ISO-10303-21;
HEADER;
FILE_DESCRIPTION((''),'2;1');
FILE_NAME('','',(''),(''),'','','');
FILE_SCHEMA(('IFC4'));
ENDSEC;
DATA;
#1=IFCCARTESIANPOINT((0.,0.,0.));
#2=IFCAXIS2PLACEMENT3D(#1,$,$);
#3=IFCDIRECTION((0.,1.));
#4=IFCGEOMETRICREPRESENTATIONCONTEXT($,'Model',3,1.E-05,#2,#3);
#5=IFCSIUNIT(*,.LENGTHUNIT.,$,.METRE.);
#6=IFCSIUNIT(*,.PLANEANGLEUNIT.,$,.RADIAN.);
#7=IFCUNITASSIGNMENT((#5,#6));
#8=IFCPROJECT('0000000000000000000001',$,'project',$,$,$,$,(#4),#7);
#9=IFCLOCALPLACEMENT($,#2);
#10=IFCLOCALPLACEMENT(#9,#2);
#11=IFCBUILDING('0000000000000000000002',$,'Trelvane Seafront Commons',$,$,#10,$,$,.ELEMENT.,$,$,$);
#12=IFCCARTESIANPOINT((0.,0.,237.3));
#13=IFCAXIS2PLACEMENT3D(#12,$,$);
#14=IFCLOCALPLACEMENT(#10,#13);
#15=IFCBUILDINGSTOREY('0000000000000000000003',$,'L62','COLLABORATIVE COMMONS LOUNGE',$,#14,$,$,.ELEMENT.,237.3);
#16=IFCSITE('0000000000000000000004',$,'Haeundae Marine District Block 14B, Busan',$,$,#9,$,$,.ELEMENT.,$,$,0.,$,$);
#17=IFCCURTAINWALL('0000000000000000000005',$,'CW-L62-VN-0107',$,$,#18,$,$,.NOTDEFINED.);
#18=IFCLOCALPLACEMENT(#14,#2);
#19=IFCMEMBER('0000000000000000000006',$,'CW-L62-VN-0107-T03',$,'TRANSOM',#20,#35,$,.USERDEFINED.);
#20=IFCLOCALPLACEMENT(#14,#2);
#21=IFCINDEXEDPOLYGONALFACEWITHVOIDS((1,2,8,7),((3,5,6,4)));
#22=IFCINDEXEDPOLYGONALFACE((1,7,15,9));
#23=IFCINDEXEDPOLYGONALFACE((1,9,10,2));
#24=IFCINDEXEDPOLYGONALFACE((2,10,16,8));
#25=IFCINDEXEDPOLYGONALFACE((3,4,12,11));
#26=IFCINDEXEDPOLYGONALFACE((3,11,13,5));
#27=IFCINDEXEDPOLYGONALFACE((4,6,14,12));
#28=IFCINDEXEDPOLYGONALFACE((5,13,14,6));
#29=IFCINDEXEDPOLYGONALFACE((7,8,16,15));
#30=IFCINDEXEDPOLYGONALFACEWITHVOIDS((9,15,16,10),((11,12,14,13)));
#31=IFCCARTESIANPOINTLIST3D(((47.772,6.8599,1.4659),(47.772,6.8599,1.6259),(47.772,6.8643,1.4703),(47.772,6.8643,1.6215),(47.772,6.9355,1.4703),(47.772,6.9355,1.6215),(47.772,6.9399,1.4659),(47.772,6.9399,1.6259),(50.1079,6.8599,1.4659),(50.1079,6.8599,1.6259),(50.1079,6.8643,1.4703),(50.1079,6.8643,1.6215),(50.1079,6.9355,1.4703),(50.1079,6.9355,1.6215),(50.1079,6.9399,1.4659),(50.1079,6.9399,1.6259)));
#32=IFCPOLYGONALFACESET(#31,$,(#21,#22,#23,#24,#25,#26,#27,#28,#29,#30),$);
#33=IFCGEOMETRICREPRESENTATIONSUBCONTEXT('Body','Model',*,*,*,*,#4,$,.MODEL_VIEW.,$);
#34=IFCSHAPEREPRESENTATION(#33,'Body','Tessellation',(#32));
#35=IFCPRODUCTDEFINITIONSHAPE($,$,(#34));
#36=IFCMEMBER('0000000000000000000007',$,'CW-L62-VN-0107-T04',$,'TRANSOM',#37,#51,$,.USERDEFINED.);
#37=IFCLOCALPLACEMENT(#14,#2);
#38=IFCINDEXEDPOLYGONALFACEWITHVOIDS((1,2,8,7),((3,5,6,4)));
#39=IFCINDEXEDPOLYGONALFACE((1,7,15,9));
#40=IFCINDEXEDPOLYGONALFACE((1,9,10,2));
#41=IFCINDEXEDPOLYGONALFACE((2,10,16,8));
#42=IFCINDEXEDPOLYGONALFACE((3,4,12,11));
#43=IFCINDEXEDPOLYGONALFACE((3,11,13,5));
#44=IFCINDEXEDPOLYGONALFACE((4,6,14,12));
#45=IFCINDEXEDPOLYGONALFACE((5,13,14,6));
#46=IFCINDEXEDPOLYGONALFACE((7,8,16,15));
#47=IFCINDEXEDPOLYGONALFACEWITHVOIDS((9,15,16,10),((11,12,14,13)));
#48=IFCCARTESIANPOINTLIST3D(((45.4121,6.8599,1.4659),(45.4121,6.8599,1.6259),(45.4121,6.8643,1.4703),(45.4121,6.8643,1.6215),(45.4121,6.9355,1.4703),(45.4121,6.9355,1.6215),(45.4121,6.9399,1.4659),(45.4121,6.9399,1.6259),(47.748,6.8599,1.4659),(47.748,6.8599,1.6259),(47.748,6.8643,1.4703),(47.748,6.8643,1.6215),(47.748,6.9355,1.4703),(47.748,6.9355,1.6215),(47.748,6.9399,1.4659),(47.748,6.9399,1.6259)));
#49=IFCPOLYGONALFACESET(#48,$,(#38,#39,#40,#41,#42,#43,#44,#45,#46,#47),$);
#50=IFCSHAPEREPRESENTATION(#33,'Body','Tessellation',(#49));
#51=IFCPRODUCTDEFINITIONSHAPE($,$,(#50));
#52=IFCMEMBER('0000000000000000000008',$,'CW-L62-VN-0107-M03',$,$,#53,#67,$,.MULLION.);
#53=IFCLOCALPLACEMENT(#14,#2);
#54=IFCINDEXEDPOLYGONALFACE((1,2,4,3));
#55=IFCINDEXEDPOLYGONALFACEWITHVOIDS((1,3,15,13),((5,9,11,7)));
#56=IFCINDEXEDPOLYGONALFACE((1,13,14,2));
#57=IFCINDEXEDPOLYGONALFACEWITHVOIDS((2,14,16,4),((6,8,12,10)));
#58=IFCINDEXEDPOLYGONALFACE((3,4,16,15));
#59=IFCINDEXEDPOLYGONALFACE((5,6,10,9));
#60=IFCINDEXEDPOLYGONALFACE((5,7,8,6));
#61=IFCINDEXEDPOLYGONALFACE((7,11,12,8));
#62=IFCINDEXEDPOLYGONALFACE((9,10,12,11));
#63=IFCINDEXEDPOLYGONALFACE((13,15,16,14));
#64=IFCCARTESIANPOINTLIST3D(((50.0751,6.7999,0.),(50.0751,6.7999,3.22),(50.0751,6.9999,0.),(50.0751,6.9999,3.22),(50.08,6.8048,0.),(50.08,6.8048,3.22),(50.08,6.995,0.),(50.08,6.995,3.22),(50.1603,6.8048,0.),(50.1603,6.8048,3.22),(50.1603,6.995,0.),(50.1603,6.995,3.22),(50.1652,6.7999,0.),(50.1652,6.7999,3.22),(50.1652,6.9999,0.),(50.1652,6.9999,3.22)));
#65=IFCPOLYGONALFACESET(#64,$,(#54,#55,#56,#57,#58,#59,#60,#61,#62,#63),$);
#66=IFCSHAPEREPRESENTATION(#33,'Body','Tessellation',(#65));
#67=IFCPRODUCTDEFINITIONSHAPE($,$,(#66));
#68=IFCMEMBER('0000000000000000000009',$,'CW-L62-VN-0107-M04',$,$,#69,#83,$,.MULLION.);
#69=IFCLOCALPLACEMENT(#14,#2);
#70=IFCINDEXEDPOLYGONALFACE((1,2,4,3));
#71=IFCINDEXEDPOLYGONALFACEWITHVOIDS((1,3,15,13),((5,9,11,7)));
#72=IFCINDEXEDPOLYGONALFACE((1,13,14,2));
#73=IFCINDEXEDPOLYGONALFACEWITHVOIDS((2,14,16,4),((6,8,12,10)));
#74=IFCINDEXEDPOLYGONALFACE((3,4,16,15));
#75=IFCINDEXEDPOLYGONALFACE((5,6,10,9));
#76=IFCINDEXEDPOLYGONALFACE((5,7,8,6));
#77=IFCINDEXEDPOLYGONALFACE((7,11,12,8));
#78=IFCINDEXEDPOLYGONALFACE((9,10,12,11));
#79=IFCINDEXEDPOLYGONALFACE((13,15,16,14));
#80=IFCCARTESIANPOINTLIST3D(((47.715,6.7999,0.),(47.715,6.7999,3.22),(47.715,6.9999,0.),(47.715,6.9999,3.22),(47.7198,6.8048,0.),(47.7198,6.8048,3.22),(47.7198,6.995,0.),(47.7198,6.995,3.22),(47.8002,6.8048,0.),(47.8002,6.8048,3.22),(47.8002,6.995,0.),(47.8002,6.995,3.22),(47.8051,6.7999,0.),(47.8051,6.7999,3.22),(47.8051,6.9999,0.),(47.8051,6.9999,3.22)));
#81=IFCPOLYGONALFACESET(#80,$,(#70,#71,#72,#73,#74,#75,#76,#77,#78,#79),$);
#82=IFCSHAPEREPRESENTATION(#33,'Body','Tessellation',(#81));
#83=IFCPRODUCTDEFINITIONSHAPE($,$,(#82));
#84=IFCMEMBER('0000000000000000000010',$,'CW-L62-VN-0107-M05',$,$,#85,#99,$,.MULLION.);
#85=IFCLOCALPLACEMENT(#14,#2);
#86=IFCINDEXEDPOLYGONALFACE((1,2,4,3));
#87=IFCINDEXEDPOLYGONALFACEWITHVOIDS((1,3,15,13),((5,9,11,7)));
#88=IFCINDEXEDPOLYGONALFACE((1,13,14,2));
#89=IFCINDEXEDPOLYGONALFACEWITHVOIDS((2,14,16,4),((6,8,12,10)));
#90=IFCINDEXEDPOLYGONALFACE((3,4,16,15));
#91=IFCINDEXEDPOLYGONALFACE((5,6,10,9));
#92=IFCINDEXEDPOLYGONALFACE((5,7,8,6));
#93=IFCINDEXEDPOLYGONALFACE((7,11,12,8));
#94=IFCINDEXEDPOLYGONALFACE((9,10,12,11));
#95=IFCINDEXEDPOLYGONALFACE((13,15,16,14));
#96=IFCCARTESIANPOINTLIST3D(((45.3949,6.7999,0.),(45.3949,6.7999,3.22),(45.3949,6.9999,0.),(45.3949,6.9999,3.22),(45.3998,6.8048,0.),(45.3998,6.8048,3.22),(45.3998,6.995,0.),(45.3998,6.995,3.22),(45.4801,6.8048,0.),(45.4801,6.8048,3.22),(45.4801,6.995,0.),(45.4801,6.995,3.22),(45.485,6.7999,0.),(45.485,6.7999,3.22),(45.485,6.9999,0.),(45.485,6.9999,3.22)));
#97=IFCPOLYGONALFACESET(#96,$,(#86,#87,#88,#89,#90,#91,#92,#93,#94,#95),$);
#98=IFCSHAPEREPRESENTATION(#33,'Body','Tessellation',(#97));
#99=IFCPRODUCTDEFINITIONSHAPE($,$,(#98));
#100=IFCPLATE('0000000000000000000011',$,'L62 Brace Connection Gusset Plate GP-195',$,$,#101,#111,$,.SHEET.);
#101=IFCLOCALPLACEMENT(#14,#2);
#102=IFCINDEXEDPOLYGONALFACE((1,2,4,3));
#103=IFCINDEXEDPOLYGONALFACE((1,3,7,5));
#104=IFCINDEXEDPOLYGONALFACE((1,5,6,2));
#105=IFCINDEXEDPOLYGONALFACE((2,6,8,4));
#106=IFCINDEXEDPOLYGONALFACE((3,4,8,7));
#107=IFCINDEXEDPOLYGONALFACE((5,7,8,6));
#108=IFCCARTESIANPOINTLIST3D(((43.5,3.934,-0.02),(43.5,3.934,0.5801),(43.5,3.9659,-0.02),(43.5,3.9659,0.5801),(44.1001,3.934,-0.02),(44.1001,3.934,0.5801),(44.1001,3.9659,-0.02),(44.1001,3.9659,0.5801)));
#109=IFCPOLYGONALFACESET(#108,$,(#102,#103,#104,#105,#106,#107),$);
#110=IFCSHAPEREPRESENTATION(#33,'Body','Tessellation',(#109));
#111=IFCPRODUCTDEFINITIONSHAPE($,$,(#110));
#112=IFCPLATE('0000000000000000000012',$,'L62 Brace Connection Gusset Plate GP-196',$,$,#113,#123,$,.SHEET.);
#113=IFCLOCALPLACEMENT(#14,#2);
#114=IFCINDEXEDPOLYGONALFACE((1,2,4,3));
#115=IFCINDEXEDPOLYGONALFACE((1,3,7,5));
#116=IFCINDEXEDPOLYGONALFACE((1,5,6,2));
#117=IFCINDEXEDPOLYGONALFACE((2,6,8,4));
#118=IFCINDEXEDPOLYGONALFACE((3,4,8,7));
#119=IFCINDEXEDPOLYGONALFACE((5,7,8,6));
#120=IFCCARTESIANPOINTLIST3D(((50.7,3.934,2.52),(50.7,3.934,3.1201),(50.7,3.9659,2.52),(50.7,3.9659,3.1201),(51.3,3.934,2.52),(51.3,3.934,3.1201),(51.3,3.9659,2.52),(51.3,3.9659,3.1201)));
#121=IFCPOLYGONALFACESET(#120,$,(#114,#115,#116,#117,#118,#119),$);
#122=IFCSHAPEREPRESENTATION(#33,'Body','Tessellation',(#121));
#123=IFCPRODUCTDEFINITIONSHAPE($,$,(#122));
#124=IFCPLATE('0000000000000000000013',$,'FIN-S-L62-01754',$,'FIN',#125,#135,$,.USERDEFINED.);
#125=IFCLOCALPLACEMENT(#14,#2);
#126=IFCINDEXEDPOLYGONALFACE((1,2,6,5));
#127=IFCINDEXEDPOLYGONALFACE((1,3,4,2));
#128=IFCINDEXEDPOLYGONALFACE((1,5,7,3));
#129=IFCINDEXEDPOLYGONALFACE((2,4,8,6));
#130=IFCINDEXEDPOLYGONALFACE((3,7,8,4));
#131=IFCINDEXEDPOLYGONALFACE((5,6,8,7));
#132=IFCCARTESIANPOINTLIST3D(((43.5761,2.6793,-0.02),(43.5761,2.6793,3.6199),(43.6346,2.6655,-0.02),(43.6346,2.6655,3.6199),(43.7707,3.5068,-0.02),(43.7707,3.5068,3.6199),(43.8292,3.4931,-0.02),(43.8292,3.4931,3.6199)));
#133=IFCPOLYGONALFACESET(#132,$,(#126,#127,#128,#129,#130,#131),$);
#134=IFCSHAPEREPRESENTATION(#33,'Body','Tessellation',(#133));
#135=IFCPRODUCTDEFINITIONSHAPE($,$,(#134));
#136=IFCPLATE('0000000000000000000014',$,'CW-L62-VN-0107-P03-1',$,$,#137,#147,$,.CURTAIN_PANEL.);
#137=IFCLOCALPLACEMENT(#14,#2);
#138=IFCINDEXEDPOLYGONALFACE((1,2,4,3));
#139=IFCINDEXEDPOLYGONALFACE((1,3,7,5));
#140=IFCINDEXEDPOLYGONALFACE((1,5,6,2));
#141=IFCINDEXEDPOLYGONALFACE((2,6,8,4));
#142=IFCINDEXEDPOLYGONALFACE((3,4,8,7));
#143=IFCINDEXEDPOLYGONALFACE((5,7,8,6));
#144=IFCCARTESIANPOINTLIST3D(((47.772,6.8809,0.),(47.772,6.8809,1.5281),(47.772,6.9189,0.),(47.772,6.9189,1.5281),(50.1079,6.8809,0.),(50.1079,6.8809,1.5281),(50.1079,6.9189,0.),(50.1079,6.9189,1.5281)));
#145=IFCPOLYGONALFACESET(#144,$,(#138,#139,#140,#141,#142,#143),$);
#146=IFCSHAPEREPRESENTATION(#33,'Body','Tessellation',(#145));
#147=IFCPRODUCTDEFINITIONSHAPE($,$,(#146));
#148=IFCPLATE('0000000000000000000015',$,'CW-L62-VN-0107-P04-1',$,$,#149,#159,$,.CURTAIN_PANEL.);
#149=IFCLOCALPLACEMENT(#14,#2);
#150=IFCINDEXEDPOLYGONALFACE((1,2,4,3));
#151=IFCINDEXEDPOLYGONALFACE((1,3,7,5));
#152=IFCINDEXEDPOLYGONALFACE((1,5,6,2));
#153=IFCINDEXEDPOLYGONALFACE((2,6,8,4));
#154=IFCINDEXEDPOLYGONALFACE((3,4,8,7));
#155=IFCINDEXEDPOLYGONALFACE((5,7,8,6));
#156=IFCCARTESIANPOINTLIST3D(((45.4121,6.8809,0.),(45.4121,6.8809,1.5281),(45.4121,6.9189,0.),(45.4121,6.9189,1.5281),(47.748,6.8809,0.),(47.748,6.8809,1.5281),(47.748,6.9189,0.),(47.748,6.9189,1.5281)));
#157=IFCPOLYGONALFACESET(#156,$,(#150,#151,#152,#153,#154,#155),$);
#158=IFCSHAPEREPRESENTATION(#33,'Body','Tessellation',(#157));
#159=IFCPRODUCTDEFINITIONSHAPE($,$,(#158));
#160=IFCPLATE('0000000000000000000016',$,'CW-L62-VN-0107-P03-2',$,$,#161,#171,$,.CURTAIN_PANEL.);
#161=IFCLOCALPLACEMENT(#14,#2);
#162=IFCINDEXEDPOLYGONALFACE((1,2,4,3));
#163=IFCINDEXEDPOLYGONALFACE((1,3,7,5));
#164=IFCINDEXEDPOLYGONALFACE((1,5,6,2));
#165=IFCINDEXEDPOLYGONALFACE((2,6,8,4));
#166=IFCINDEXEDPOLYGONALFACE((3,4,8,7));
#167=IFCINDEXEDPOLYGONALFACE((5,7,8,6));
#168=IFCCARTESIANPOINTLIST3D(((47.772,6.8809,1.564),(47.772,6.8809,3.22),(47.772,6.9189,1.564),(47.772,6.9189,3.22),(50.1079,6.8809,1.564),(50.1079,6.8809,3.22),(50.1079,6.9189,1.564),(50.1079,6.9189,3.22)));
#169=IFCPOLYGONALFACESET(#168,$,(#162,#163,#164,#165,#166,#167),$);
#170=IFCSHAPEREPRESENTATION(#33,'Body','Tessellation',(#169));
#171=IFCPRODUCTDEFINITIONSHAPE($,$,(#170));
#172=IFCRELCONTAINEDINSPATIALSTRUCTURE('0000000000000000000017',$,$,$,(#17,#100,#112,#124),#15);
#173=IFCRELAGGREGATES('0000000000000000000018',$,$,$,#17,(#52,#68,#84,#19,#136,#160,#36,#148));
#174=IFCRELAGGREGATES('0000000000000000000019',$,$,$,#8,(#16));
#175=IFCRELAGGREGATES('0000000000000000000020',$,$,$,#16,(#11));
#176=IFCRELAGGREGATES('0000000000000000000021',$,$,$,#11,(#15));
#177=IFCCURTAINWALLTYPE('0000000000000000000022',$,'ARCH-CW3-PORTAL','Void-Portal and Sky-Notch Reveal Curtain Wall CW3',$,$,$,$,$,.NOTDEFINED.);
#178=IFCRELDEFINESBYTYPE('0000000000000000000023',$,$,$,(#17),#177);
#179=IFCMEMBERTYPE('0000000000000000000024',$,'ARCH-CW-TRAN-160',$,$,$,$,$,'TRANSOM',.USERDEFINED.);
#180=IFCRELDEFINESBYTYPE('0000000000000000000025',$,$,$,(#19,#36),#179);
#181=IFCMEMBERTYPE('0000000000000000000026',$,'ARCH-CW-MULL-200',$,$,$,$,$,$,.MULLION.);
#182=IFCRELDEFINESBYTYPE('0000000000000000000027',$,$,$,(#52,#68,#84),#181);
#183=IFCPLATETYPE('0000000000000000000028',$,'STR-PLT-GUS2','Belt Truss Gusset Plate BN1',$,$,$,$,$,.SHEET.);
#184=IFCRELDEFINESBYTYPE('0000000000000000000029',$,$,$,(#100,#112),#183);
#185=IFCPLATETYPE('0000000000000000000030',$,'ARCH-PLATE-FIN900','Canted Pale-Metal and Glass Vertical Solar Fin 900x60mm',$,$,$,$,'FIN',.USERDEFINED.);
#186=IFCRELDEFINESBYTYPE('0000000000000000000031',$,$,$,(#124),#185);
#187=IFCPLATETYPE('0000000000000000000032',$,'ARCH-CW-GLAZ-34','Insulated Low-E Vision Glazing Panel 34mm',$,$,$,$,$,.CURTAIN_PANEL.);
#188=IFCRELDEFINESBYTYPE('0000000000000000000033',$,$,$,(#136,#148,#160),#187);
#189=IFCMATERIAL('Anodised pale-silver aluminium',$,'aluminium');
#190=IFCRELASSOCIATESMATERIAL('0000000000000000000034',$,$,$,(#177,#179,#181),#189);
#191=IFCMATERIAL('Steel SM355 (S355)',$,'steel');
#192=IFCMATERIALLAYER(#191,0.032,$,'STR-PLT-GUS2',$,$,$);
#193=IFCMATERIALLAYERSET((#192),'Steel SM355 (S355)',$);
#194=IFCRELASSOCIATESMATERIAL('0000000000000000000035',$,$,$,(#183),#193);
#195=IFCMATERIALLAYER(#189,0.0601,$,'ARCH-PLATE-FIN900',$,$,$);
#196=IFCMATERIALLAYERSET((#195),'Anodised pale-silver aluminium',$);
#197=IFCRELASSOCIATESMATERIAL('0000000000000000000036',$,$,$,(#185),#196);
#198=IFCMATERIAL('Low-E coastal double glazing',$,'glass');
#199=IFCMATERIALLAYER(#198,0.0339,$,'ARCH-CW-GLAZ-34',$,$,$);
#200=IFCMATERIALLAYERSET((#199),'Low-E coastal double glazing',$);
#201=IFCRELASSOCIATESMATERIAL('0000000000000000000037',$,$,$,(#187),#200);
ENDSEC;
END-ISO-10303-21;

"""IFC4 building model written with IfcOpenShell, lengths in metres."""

from ifc_helpers import new_model, si_unit, direction, frame, origin, origin_2d, place, context, subcontext, project, spatial, rectangle, hollow_rectangle, extrude, source, transform, mapped, material, layer, layer_set, material_profile, profile_set, type_object, element, aggregate, save


model = new_model("IFC4")

# Units and contexts
model_context = context("Model", 3, precision=1e-05, world=origin(), true_north=direction((0.0, 1.0)))
body_context = subcontext(model_context, "Body", "Model", "MODEL_VIEW")
ifc_project = project(units=[si_unit("LENGTHUNIT", "METRE"), si_unit("PLANEANGLEUNIT", "RADIAN")], contexts=[model_context])

# Site, building, storey
site_placement = place(None, origin())
site = spatial("IfcSite", under=ifc_project, at=site_placement, Name="Haeundae Marine District Block 14B, Busan", CompositionType="ELEMENT", RefElevation=0.0)
building_placement = place(site_placement, origin())
building = spatial("IfcBuilding", under=site, at=building_placement, Name="Trelvane Seafront Commons", CompositionType="ELEMENT")
storey_placement = place(building_placement, frame((0.0, 0.0, 237.3)))
storey = spatial("IfcBuildingStorey", under=building, at=storey_placement, Name="L62", Description="COLLABORATIVE COMMONS LOUNGE", CompositionType="ELEMENT", Elevation=237.3)

# Shared definitions
ifc_material_1 = material(Name="Steel SM355 (S355)", Category="steel")

# Curtain wall, members
ifc_material_2 = material(Name="Anodised pale-silver aluminium", Category="aluminium")
curtain_wall_type = type_object("IfcCurtainWallType", Name="ARCH-CW3-PORTAL", Description="Void-Portal and Sky-Notch Reveal Curtain Wall CW3", PredefinedType="NOTDEFINED", material=ifc_material_2)
curtain_wall_placement = place(storey_placement, origin())
curtain_wall = element("IfcCurtainWall", 1, at=curtain_wall_placement, inside=storey, type_object=curtain_wall_type, Name="CW-L62-VN-0107", PredefinedType="NOTDEFINED")
ifc_material_profile_1 = material_profile(ifc_material_2, hollow_rectangle(XDim=0.0801, YDim=0.1599, WallThickness=0.0044, at=origin_2d()), Name="TRAN-80x160x4.5")
ifc_profile_set_1 = profile_set([ifc_material_profile_1], Name="Anodised pale-silver aluminium")
member_type_1 = type_object("IfcMemberType", Name="ARCH-CW-TRAN-160", ElementType="TRANSOM", PredefinedType="USERDEFINED", material=ifc_profile_set_1)
shared_shape_1 = source(origin(), body_context, "Body", "SweptSolid", [
    extrude(hollow_rectangle(XDim=0.0801, YDim=0.1599, WallThickness=0.0044, at=origin_2d()), origin(), (0.0, 0.0, 1.0), 2.3359),
])
member_1_placement = place(storey_placement, frame((50.1079, 6.8999, 1.5459), z_axis=(-1.0, 0.0, 0.0), x_axis=(0.0, -1.0, 0.0)))
member_1 = element("IfcMember", 2, at=member_1_placement, type_object=member_type_1, Name="CW-L62-VN-0107-T03", ObjectType="TRANSOM", PredefinedType="USERDEFINED", context=body_context, shape_type="MappedRepresentation", body=[
    mapped(shared_shape_1, transform((0.0, 0.0, 0.0), x_axis=(1.0, 0.0, 0.0), y_axis=(0.0, 1.0, 0.0), z_axis=(0.0, 0.0, 1.0), scale=1.0)),
])
member_2_placement = place(storey_placement, frame((47.748, 6.8999, 1.5459), z_axis=(-1.0, 0.0, 0.0), x_axis=(0.0, -1.0, 0.0)))
member_2 = element("IfcMember", 3, at=member_2_placement, type_object=member_type_1, Name="CW-L62-VN-0107-T04", ObjectType="TRANSOM", PredefinedType="USERDEFINED", context=body_context, shape_type="MappedRepresentation", body=[
    mapped(shared_shape_1, transform((0.0, 0.0, 0.0), x_axis=(1.0, 0.0, 0.0), y_axis=(0.0, 1.0, 0.0), z_axis=(0.0, 0.0, 1.0), scale=1.0)),
])
ifc_material_profile_2 = material_profile(ifc_material_2, hollow_rectangle(XDim=0.0901, YDim=0.2, WallThickness=0.0049, at=origin_2d()), Name="MULL-90x200x5")
ifc_profile_set_2 = profile_set([ifc_material_profile_2], Name="Anodised pale-silver aluminium")
member_type_2 = type_object("IfcMemberType", Name="ARCH-CW-MULL-200", PredefinedType="MULLION", material=ifc_profile_set_2)
shared_shape_2 = source(origin(), body_context, "Body", "SweptSolid", [
    extrude(hollow_rectangle(XDim=0.0901, YDim=0.2, WallThickness=0.0049, at=origin_2d()), origin(), (0.0, 0.0, 1.0), 3.22),
])
member_3_placement = place(storey_placement, frame((50.1201, 6.8999, 0.0), z_axis=(0.0, 0.0, 1.0), x_axis=(1.0, 0.0, 0.0)))
member_3 = element("IfcMember", 4, at=member_3_placement, type_object=member_type_2, Name="CW-L62-VN-0107-M03", PredefinedType="MULLION", context=body_context, shape_type="MappedRepresentation", body=[
    mapped(shared_shape_2, transform((0.0, 0.0, 0.0), x_axis=(1.0, 0.0, 0.0), y_axis=(0.0, 1.0, 0.0), z_axis=(0.0, 0.0, 1.0), scale=1.0)),
])
member_4_placement = place(storey_placement, frame((47.76, 6.8999, 0.0), z_axis=(0.0, 0.0, 1.0), x_axis=(1.0, 0.0, 0.0)))
member_4 = element("IfcMember", 5, at=member_4_placement, type_object=member_type_2, Name="CW-L62-VN-0107-M04", PredefinedType="MULLION", context=body_context, shape_type="MappedRepresentation", body=[
    mapped(shared_shape_2, transform((0.0, 0.0, 0.0), x_axis=(1.0, 0.0, 0.0), y_axis=(0.0, 1.0, 0.0), z_axis=(0.0, 0.0, 1.0), scale=1.0)),
])
member_5_placement = place(storey_placement, frame((45.4399, 6.8999, 0.0), z_axis=(0.0, 0.0, 1.0), x_axis=(1.0, 0.0, 0.0)))
member_5 = element("IfcMember", 6, at=member_5_placement, type_object=member_type_2, Name="CW-L62-VN-0107-M05", PredefinedType="MULLION", context=body_context, shape_type="MappedRepresentation", body=[
    mapped(shared_shape_2, transform((0.0, 0.0, 0.0), x_axis=(1.0, 0.0, 0.0), y_axis=(0.0, 1.0, 0.0), z_axis=(0.0, 0.0, 1.0), scale=1.0)),
])

# Plates
ifc_layer_1 = layer(ifc_material_1, 0.032, Name="STR-PLT-GUS2")
ifc_layer_set_1 = layer_set([ifc_layer_1], Name="Steel SM355 (S355)")
plate_type_1 = type_object("IfcPlateType", Name="STR-PLT-GUS2", Description="Belt Truss Gusset Plate BN1", PredefinedType="SHEET", material=ifc_layer_set_1)
shared_shape_3 = source(origin(), body_context, "Body", "SweptSolid", [
    extrude(rectangle(XDim=0.6001, YDim=0.032, at=origin_2d()), origin(), (0.0, 0.0, 1.0), 0.6001),
])
for number, where, z_axis, x_axis, name in (
    (7, (43.8, 3.95, -0.02), (0.0, 0.0, 1.0), (1.0, 0.0, 0.0), "L62 Brace Connection Gusset Plate GP-195"),
    (8, (51.0, 3.95, 2.52), (0.0, 0.0, 1.0), (1.0, 0.0, 0.0), "L62 Brace Connection Gusset Plate GP-196"),
):
    element("IfcPlate", number, at=place(storey_placement, frame(where, z_axis=z_axis, x_axis=x_axis)), inside=storey, type_object=plate_type_1, Name=name, PredefinedType="SHEET", context=body_context, shape_type="MappedRepresentation", body=[
        mapped(shared_shape_3, transform((0.0, 0.0, 0.0), x_axis=(1.0, 0.0, 0.0), y_axis=(0.0, 1.0, 0.0), z_axis=(0.0, 0.0, 1.0), scale=1.0)),
    ])
ifc_layer_2 = layer(ifc_material_2, 0.0601, Name="ARCH-PLATE-FIN900")
ifc_layer_set_2 = layer_set([ifc_layer_2], Name="Anodised pale-silver aluminium")
plate_type_2 = type_object("IfcPlateType", Name="ARCH-PLATE-FIN900", Description="Canted Pale-Metal and Glass Vertical Solar Fin 900x60mm", ElementType="FIN", PredefinedType="USERDEFINED", material=ifc_layer_set_2)
shared_shape_4 = source(origin(), body_context, "Body", "SweptSolid", [
    extrude(rectangle(XDim=0.8501, YDim=0.0601, at=origin_2d()), origin(), (0.0, 0.0, 1.0), 3.6399),
])
plate_1_placement = place(storey_placement, frame((43.7026, 3.0862, -0.02), z_axis=(0.0, 0.0, 1.0), x_axis=(-0.228947, -0.973439, 0.0)))
element("IfcPlate", 9, at=plate_1_placement, inside=storey, type_object=plate_type_2, Name="FIN-S-L62-01754", ObjectType="FIN", PredefinedType="USERDEFINED", context=body_context, shape_type="MappedRepresentation", body=[
    mapped(shared_shape_4, transform((0.0, 0.0, 0.0), x_axis=(1.0, 0.0, 0.0), y_axis=(0.0, 1.0, 0.0), z_axis=(0.0, 0.0, 1.0), scale=1.0)),
])

# Plates
ifc_material_3 = material(Name="Low-E coastal double glazing", Category="glass")
ifc_layer_3 = layer(ifc_material_3, 0.0339, Name="ARCH-CW-GLAZ-34")
ifc_layer_set_3 = layer_set([ifc_layer_3], Name="Low-E coastal double glazing")
plate_type_3 = type_object("IfcPlateType", Name="ARCH-CW-GLAZ-34", Description="Insulated Low-E Vision Glazing Panel 34mm", PredefinedType="CURTAIN_PANEL", material=ifc_layer_set_3)
shared_shape_5 = source(origin(), body_context, "Body", "SweptSolid", [
    extrude(rectangle(XDim=2.3359, YDim=0.0381, at=origin_2d()), origin(), (0.0, 0.0, 1.0), 1.5281),
])
plate_2_placement = place(storey_placement, frame((48.9399, 6.8999, 0.0), z_axis=(0.0, 0.0, 1.0), x_axis=(-1.0, 0.0, 0.0)))
plate_2 = element("IfcPlate", 10, at=plate_2_placement, type_object=plate_type_3, Name="CW-L62-VN-0107-P03-1", PredefinedType="CURTAIN_PANEL", context=body_context, shape_type="MappedRepresentation", body=[
    mapped(shared_shape_5, transform((0.0, 0.0, 0.0), x_axis=(1.0, 0.0, 0.0), y_axis=(0.0, 1.0, 0.0), z_axis=(0.0, 0.0, 1.0), scale=1.0)),
])
plate_3_placement = place(storey_placement, frame((46.5801, 6.8999, 0.0), z_axis=(0.0, 0.0, 1.0), x_axis=(-1.0, 0.0, 0.0)))
plate_3 = element("IfcPlate", 11, at=plate_3_placement, type_object=plate_type_3, Name="CW-L62-VN-0107-P04-1", PredefinedType="CURTAIN_PANEL", context=body_context, shape_type="MappedRepresentation", body=[
    mapped(shared_shape_5, transform((0.0, 0.0, 0.0), x_axis=(1.0, 0.0, 0.0), y_axis=(0.0, 1.0, 0.0), z_axis=(0.0, 0.0, 1.0), scale=1.0)),
])
shared_shape_6 = source(origin(), body_context, "Body", "SweptSolid", [
    extrude(rectangle(XDim=2.3359, YDim=0.0381, at=origin_2d()), origin(), (0.0, 0.0, 1.0), 1.656),
])
plate_4_placement = place(storey_placement, frame((48.9399, 6.8999, 1.564), z_axis=(0.0, 0.0, 1.0), x_axis=(-1.0, 0.0, 0.0)))
plate_4 = element("IfcPlate", 12, at=plate_4_placement, type_object=plate_type_3, Name="CW-L62-VN-0107-P03-2", PredefinedType="CURTAIN_PANEL", context=body_context, shape_type="MappedRepresentation", body=[
    mapped(shared_shape_6, transform((0.0, 0.0, 0.0), x_axis=(1.0, 0.0, 0.0), y_axis=(0.0, 1.0, 0.0), z_axis=(0.0, 0.0, 1.0), scale=1.0)),
])
aggregate(curtain_wall, [member_3, member_4, member_5, member_1, plate_2, plate_4, member_2, plate_3])

save(model, "model.ifc")
